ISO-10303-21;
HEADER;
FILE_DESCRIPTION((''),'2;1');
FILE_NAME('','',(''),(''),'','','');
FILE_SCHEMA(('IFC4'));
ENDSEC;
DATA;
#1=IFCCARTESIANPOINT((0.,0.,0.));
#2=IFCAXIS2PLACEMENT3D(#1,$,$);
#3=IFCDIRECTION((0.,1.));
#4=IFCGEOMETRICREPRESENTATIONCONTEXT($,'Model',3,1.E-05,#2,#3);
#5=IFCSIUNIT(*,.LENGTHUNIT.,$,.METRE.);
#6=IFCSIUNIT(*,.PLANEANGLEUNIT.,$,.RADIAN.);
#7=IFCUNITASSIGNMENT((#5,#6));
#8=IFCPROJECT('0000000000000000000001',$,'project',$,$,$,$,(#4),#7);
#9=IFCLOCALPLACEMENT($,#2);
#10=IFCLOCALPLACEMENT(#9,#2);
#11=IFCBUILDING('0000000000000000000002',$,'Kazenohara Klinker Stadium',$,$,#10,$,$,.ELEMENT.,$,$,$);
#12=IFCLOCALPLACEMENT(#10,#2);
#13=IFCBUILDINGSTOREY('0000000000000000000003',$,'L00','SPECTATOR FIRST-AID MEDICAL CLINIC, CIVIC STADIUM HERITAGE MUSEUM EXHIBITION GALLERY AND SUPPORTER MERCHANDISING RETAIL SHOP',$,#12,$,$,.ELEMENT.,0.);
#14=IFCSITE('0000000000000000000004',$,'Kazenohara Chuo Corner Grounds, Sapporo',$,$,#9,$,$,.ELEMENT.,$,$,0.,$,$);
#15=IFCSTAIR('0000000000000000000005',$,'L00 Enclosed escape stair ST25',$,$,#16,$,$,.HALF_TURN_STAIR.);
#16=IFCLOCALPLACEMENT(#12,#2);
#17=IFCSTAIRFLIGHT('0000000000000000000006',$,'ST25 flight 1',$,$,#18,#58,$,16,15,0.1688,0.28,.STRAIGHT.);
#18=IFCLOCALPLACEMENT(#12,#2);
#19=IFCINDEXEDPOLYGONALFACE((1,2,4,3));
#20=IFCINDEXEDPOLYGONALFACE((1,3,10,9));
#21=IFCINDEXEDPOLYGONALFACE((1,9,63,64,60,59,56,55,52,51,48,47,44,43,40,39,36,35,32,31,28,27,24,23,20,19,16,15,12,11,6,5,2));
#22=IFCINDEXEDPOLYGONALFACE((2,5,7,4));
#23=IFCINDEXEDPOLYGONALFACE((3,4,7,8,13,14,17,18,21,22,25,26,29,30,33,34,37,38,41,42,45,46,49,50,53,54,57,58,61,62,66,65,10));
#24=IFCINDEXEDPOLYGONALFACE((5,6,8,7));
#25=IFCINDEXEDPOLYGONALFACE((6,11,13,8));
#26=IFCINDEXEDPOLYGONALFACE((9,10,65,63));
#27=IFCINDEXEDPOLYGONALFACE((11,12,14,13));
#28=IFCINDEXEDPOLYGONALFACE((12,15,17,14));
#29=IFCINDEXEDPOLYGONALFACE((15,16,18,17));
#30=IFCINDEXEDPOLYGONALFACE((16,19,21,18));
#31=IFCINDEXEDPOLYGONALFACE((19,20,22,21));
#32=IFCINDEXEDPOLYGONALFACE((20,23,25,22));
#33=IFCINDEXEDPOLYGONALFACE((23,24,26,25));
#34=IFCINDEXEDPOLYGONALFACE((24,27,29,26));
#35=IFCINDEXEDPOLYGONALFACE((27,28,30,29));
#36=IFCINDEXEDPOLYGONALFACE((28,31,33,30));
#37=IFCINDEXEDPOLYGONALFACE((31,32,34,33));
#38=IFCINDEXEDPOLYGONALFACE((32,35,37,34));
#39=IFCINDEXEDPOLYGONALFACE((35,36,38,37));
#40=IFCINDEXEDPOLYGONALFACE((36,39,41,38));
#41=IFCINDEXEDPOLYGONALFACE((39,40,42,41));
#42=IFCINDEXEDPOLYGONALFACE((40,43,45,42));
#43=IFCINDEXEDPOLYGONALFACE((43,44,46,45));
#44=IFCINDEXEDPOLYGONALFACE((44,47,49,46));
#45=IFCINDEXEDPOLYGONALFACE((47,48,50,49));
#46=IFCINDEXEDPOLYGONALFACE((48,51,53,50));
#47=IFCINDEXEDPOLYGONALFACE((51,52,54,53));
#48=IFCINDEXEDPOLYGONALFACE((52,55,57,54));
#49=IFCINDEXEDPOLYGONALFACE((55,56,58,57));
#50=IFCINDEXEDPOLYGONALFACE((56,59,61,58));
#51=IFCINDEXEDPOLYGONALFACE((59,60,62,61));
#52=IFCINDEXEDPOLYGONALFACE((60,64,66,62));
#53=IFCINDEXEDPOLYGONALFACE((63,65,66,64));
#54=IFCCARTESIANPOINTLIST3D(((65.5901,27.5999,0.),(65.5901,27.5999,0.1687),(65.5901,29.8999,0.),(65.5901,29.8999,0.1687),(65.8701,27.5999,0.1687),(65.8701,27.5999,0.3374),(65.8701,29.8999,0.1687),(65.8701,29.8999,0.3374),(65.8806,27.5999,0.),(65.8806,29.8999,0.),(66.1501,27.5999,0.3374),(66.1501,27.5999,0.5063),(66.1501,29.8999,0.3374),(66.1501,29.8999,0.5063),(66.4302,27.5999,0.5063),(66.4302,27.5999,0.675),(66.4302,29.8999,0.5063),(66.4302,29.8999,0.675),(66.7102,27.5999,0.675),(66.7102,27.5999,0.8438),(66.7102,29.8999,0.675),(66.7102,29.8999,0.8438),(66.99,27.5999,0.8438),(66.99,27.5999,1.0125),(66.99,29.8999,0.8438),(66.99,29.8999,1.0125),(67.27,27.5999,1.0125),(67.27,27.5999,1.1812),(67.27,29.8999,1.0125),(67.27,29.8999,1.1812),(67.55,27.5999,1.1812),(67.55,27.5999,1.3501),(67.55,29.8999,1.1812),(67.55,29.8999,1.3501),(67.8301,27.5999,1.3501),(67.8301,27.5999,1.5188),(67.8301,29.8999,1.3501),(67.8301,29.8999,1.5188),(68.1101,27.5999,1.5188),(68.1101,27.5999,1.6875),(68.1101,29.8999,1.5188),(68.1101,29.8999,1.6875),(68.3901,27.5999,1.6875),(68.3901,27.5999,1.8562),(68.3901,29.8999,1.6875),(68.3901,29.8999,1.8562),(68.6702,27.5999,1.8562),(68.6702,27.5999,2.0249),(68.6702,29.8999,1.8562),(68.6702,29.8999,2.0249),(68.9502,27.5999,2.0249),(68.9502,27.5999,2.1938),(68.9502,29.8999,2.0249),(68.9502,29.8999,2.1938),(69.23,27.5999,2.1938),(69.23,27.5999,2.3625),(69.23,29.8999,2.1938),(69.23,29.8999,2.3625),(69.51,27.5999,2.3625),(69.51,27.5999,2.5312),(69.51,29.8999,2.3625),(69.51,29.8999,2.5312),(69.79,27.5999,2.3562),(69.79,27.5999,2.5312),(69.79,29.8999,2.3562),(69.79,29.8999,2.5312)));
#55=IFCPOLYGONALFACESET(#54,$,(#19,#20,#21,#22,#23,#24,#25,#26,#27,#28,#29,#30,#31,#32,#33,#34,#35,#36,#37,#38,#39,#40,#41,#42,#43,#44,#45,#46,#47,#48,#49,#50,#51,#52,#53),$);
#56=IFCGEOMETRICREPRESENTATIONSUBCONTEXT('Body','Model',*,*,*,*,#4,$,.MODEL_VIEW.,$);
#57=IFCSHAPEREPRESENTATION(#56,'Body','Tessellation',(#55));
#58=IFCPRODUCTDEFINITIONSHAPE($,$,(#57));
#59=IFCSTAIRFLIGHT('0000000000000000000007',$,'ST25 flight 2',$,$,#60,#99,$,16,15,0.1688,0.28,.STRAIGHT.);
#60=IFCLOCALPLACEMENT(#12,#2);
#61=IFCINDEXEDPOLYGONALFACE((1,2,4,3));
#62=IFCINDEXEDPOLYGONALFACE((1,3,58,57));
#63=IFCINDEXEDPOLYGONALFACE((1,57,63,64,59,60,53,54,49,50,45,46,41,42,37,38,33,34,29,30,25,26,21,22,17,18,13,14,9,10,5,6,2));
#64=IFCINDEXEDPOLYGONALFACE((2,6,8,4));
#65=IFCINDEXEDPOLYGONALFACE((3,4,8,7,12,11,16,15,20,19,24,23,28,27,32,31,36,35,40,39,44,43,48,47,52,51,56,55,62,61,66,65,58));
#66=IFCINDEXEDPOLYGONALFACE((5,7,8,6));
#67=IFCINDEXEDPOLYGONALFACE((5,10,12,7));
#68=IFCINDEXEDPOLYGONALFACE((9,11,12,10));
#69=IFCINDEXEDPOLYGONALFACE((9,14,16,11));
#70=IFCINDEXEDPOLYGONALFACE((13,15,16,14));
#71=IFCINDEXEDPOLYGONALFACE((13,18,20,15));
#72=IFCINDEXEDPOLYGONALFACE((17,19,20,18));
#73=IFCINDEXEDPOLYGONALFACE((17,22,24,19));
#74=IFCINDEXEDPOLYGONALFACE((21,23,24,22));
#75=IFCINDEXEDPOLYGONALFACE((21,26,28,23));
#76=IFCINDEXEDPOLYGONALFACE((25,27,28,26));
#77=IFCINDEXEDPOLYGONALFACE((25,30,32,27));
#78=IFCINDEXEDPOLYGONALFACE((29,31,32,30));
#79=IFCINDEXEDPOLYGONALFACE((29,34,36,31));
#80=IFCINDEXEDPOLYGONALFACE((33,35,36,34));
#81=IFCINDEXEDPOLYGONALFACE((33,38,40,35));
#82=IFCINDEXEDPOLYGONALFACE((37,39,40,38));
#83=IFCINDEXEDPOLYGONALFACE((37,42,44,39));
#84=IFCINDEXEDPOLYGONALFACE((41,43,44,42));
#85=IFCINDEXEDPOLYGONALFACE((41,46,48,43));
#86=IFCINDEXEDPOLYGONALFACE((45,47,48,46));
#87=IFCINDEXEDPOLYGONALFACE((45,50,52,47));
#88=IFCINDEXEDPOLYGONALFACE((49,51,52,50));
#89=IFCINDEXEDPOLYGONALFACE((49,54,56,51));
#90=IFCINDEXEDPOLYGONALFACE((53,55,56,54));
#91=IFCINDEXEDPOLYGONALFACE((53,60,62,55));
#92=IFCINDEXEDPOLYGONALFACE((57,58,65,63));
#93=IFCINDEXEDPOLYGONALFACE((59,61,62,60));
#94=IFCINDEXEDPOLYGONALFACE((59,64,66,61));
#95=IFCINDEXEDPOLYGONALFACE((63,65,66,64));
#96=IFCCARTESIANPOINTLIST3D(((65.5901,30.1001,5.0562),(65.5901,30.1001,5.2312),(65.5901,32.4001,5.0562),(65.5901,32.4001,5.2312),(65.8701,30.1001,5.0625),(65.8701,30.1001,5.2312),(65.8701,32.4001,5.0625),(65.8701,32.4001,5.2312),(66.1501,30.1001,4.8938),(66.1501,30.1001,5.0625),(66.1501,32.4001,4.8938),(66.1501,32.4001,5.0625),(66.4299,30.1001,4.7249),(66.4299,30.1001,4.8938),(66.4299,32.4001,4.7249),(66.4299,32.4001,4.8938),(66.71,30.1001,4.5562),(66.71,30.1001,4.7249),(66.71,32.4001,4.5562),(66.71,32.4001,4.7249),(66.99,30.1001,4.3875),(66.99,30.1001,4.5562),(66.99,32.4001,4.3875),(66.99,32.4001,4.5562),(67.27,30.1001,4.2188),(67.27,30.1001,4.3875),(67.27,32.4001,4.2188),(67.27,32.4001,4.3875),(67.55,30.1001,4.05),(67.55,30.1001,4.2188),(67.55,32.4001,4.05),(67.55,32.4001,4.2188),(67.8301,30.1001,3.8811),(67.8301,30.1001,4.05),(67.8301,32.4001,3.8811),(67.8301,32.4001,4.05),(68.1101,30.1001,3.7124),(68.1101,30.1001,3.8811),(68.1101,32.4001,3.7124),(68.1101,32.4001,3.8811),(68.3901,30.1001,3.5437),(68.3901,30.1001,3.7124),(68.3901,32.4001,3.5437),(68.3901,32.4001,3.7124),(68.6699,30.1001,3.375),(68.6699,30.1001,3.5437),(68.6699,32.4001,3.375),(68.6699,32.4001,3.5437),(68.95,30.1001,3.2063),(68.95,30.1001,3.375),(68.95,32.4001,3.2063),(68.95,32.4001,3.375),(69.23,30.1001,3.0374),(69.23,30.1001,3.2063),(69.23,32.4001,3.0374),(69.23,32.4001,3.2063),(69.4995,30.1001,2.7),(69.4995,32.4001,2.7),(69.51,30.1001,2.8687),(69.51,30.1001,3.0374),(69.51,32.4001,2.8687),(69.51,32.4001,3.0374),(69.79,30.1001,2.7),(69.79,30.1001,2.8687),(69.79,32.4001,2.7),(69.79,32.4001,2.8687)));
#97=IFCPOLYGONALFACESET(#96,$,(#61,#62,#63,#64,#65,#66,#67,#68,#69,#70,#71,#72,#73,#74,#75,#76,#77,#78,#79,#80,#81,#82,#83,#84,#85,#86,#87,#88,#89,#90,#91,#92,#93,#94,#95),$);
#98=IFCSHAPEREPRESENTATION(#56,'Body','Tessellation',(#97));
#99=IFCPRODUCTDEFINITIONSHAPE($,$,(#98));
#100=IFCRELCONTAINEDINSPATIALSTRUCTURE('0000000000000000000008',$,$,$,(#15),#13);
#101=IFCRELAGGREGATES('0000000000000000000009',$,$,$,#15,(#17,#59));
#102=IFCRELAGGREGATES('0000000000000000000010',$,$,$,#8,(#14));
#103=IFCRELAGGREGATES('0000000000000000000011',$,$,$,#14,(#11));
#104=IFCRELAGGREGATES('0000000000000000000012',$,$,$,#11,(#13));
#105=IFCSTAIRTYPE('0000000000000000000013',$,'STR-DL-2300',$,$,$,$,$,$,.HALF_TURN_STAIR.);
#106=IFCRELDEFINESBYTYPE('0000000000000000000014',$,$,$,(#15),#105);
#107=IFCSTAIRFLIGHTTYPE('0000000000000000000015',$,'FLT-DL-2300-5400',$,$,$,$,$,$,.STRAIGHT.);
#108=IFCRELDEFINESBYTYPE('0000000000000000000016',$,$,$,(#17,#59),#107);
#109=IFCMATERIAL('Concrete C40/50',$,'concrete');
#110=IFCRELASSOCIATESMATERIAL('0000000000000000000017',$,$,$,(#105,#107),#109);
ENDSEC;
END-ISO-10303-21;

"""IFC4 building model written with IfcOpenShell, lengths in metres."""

from ifc_helpers import new_model, si_unit, direction, frame, origin, place, context, subcontext, project, spatial, polyline, outline, extrude, material, type_object, element, aggregate, save


model = new_model("IFC4")

# Units and contexts
model_context = context("Model", 3, precision=1e-05, world=origin(), true_north=direction((0.0, 1.0)))
body_context = subcontext(model_context, "Body", "Model", "MODEL_VIEW")
ifc_project = project(units=[si_unit("LENGTHUNIT", "METRE"), si_unit("PLANEANGLEUNIT", "RADIAN")], contexts=[model_context])

# Site, building, storey
site_placement = place(None, origin())
site = spatial("IfcSite", under=ifc_project, at=site_placement, Name="Kazenohara Chuo Corner Grounds, Sapporo", CompositionType="ELEMENT", RefElevation=0.0)
building_placement = place(site_placement, origin())
building = spatial("IfcBuilding", under=site, at=building_placement, Name="Kazenohara Klinker Stadium", CompositionType="ELEMENT")
storey_placement = place(building_placement, origin())
storey = spatial("IfcBuildingStorey", under=building, at=storey_placement, Name="L00", Description="SPECTATOR FIRST-AID MEDICAL CLINIC, CIVIC STADIUM HERITAGE MUSEUM EXHIBITION GALLERY AND SUPPORTER MERCHANDISING RETAIL SHOP", CompositionType="ELEMENT", Elevation=0.0)

# Shared definitions
ifc_material_1 = material(Name="Concrete C40/50", Category="concrete")

# Stair, stair flights
stair_type = type_object("IfcStairType", Name="STR-DL-2300", PredefinedType="HALF_TURN_STAIR", material=ifc_material_1)
stair_placement = place(storey_placement, origin())
stair = element("IfcStair", 1, at=stair_placement, inside=storey, type_object=stair_type, Name="L00 Enclosed escape stair ST25", PredefinedType="HALF_TURN_STAIR")
stair_flight_type = type_object("IfcStairFlightType", Name="FLT-DL-2300-5400", PredefinedType="STRAIGHT", material=ifc_material_1)
stair_flight_1_placement = place(storey_placement, frame((65.5901, 28.75, 0.0), z_axis=(0.0, 0.0, 1.0), x_axis=(1.0, 0.0, 0.0)))
stair_flight_1 = element("IfcStairFlight", 2, at=stair_flight_1_placement, type_object=stair_flight_type, Name="ST25 flight 1", NumberOfRisers=16, NumberOfTreads=15, PredefinedType="STRAIGHT", RiserHeight=0.1688, TreadLength=0.28, context=body_context, shape_type="SweptSolid", body=[
    extrude(outline(polyline([(0.0, 0.0), (0.0, 0.1687), (0.28, 0.1687), (0.28, 0.3374), (0.5601, 0.3374), (0.5601, 0.5063), (0.8401, 0.5063), (0.8401, 0.675), (1.1201, 0.675), (1.1201, 0.8438), (1.3999, 0.8438), (1.3999, 1.0125), (1.6799, 1.0125), (1.6799, 1.1812), (1.96, 1.1812), (1.96, 1.3501), (2.24, 1.3501), (2.24, 1.5188), (2.52, 1.5188), (2.52, 1.6875), (2.8, 1.6875), (2.8, 1.8562), (3.0801, 1.8562), (3.0801, 2.0249), (3.3601, 2.0249), (3.3601, 2.1938), (3.6399, 2.1938), (3.6399, 2.3625), (3.9199, 2.3625), (3.9199, 2.5312), (4.2, 2.5312), (4.2, 2.7), (4.2, 2.3562), (0.2905, 0.0), (0.0, 0.0)])), frame((0.0, 1.1499, 0.0), z_axis=(0.0, -1.0, 0.0), x_axis=(1.0, 0.0, 0.0)), (0.0, 0.0, 1.0), 2.3),
])
stair_flight_2_placement = place(storey_placement, frame((69.79, 31.25, 2.7), z_axis=(0.0, 0.0, 1.0), x_axis=(-1.0, 0.0, 0.0)))
stair_flight_2 = element("IfcStairFlight", 3, at=stair_flight_2_placement, type_object=stair_flight_type, Name="ST25 flight 2", NumberOfRisers=16, NumberOfTreads=15, PredefinedType="STRAIGHT", RiserHeight=0.1688, TreadLength=0.28, context=body_context, shape_type="SweptSolid", body=[
    extrude(outline(polyline([(0.0, 0.0), (0.0, 0.1687), (0.28, 0.1687), (0.28, 0.3374), (0.5601, 0.3374), (0.5601, 0.5063), (0.8401, 0.5063), (0.8401, 0.675), (1.1201, 0.675), (1.1201, 0.8438), (1.3999, 0.8438), (1.3999, 1.0125), (1.6799, 1.0125), (1.6799, 1.1812), (1.96, 1.1812), (1.96, 1.3501), (2.24, 1.3501), (2.24, 1.5188), (2.52, 1.5188), (2.52, 1.6875), (2.8, 1.6875), (2.8, 1.8562), (3.0801, 1.8562), (3.0801, 2.0249), (3.3601, 2.0249), (3.3601, 2.1938), (3.6399, 2.1938), (3.6399, 2.3625), (3.9199, 2.3625), (3.9199, 2.5312), (4.2, 2.5312), (4.2, 2.7), (4.2, 2.3562), (0.2905, 0.0), (0.0, 0.0)])), frame((0.0, 1.1499, 0.0), z_axis=(0.0, -1.0, 0.0), x_axis=(1.0, 0.0, 0.0)), (0.0, 0.0, 1.0), 2.3),
])
aggregate(stair, [stair_flight_1, stair_flight_2])

save(model, "model.ifc")
